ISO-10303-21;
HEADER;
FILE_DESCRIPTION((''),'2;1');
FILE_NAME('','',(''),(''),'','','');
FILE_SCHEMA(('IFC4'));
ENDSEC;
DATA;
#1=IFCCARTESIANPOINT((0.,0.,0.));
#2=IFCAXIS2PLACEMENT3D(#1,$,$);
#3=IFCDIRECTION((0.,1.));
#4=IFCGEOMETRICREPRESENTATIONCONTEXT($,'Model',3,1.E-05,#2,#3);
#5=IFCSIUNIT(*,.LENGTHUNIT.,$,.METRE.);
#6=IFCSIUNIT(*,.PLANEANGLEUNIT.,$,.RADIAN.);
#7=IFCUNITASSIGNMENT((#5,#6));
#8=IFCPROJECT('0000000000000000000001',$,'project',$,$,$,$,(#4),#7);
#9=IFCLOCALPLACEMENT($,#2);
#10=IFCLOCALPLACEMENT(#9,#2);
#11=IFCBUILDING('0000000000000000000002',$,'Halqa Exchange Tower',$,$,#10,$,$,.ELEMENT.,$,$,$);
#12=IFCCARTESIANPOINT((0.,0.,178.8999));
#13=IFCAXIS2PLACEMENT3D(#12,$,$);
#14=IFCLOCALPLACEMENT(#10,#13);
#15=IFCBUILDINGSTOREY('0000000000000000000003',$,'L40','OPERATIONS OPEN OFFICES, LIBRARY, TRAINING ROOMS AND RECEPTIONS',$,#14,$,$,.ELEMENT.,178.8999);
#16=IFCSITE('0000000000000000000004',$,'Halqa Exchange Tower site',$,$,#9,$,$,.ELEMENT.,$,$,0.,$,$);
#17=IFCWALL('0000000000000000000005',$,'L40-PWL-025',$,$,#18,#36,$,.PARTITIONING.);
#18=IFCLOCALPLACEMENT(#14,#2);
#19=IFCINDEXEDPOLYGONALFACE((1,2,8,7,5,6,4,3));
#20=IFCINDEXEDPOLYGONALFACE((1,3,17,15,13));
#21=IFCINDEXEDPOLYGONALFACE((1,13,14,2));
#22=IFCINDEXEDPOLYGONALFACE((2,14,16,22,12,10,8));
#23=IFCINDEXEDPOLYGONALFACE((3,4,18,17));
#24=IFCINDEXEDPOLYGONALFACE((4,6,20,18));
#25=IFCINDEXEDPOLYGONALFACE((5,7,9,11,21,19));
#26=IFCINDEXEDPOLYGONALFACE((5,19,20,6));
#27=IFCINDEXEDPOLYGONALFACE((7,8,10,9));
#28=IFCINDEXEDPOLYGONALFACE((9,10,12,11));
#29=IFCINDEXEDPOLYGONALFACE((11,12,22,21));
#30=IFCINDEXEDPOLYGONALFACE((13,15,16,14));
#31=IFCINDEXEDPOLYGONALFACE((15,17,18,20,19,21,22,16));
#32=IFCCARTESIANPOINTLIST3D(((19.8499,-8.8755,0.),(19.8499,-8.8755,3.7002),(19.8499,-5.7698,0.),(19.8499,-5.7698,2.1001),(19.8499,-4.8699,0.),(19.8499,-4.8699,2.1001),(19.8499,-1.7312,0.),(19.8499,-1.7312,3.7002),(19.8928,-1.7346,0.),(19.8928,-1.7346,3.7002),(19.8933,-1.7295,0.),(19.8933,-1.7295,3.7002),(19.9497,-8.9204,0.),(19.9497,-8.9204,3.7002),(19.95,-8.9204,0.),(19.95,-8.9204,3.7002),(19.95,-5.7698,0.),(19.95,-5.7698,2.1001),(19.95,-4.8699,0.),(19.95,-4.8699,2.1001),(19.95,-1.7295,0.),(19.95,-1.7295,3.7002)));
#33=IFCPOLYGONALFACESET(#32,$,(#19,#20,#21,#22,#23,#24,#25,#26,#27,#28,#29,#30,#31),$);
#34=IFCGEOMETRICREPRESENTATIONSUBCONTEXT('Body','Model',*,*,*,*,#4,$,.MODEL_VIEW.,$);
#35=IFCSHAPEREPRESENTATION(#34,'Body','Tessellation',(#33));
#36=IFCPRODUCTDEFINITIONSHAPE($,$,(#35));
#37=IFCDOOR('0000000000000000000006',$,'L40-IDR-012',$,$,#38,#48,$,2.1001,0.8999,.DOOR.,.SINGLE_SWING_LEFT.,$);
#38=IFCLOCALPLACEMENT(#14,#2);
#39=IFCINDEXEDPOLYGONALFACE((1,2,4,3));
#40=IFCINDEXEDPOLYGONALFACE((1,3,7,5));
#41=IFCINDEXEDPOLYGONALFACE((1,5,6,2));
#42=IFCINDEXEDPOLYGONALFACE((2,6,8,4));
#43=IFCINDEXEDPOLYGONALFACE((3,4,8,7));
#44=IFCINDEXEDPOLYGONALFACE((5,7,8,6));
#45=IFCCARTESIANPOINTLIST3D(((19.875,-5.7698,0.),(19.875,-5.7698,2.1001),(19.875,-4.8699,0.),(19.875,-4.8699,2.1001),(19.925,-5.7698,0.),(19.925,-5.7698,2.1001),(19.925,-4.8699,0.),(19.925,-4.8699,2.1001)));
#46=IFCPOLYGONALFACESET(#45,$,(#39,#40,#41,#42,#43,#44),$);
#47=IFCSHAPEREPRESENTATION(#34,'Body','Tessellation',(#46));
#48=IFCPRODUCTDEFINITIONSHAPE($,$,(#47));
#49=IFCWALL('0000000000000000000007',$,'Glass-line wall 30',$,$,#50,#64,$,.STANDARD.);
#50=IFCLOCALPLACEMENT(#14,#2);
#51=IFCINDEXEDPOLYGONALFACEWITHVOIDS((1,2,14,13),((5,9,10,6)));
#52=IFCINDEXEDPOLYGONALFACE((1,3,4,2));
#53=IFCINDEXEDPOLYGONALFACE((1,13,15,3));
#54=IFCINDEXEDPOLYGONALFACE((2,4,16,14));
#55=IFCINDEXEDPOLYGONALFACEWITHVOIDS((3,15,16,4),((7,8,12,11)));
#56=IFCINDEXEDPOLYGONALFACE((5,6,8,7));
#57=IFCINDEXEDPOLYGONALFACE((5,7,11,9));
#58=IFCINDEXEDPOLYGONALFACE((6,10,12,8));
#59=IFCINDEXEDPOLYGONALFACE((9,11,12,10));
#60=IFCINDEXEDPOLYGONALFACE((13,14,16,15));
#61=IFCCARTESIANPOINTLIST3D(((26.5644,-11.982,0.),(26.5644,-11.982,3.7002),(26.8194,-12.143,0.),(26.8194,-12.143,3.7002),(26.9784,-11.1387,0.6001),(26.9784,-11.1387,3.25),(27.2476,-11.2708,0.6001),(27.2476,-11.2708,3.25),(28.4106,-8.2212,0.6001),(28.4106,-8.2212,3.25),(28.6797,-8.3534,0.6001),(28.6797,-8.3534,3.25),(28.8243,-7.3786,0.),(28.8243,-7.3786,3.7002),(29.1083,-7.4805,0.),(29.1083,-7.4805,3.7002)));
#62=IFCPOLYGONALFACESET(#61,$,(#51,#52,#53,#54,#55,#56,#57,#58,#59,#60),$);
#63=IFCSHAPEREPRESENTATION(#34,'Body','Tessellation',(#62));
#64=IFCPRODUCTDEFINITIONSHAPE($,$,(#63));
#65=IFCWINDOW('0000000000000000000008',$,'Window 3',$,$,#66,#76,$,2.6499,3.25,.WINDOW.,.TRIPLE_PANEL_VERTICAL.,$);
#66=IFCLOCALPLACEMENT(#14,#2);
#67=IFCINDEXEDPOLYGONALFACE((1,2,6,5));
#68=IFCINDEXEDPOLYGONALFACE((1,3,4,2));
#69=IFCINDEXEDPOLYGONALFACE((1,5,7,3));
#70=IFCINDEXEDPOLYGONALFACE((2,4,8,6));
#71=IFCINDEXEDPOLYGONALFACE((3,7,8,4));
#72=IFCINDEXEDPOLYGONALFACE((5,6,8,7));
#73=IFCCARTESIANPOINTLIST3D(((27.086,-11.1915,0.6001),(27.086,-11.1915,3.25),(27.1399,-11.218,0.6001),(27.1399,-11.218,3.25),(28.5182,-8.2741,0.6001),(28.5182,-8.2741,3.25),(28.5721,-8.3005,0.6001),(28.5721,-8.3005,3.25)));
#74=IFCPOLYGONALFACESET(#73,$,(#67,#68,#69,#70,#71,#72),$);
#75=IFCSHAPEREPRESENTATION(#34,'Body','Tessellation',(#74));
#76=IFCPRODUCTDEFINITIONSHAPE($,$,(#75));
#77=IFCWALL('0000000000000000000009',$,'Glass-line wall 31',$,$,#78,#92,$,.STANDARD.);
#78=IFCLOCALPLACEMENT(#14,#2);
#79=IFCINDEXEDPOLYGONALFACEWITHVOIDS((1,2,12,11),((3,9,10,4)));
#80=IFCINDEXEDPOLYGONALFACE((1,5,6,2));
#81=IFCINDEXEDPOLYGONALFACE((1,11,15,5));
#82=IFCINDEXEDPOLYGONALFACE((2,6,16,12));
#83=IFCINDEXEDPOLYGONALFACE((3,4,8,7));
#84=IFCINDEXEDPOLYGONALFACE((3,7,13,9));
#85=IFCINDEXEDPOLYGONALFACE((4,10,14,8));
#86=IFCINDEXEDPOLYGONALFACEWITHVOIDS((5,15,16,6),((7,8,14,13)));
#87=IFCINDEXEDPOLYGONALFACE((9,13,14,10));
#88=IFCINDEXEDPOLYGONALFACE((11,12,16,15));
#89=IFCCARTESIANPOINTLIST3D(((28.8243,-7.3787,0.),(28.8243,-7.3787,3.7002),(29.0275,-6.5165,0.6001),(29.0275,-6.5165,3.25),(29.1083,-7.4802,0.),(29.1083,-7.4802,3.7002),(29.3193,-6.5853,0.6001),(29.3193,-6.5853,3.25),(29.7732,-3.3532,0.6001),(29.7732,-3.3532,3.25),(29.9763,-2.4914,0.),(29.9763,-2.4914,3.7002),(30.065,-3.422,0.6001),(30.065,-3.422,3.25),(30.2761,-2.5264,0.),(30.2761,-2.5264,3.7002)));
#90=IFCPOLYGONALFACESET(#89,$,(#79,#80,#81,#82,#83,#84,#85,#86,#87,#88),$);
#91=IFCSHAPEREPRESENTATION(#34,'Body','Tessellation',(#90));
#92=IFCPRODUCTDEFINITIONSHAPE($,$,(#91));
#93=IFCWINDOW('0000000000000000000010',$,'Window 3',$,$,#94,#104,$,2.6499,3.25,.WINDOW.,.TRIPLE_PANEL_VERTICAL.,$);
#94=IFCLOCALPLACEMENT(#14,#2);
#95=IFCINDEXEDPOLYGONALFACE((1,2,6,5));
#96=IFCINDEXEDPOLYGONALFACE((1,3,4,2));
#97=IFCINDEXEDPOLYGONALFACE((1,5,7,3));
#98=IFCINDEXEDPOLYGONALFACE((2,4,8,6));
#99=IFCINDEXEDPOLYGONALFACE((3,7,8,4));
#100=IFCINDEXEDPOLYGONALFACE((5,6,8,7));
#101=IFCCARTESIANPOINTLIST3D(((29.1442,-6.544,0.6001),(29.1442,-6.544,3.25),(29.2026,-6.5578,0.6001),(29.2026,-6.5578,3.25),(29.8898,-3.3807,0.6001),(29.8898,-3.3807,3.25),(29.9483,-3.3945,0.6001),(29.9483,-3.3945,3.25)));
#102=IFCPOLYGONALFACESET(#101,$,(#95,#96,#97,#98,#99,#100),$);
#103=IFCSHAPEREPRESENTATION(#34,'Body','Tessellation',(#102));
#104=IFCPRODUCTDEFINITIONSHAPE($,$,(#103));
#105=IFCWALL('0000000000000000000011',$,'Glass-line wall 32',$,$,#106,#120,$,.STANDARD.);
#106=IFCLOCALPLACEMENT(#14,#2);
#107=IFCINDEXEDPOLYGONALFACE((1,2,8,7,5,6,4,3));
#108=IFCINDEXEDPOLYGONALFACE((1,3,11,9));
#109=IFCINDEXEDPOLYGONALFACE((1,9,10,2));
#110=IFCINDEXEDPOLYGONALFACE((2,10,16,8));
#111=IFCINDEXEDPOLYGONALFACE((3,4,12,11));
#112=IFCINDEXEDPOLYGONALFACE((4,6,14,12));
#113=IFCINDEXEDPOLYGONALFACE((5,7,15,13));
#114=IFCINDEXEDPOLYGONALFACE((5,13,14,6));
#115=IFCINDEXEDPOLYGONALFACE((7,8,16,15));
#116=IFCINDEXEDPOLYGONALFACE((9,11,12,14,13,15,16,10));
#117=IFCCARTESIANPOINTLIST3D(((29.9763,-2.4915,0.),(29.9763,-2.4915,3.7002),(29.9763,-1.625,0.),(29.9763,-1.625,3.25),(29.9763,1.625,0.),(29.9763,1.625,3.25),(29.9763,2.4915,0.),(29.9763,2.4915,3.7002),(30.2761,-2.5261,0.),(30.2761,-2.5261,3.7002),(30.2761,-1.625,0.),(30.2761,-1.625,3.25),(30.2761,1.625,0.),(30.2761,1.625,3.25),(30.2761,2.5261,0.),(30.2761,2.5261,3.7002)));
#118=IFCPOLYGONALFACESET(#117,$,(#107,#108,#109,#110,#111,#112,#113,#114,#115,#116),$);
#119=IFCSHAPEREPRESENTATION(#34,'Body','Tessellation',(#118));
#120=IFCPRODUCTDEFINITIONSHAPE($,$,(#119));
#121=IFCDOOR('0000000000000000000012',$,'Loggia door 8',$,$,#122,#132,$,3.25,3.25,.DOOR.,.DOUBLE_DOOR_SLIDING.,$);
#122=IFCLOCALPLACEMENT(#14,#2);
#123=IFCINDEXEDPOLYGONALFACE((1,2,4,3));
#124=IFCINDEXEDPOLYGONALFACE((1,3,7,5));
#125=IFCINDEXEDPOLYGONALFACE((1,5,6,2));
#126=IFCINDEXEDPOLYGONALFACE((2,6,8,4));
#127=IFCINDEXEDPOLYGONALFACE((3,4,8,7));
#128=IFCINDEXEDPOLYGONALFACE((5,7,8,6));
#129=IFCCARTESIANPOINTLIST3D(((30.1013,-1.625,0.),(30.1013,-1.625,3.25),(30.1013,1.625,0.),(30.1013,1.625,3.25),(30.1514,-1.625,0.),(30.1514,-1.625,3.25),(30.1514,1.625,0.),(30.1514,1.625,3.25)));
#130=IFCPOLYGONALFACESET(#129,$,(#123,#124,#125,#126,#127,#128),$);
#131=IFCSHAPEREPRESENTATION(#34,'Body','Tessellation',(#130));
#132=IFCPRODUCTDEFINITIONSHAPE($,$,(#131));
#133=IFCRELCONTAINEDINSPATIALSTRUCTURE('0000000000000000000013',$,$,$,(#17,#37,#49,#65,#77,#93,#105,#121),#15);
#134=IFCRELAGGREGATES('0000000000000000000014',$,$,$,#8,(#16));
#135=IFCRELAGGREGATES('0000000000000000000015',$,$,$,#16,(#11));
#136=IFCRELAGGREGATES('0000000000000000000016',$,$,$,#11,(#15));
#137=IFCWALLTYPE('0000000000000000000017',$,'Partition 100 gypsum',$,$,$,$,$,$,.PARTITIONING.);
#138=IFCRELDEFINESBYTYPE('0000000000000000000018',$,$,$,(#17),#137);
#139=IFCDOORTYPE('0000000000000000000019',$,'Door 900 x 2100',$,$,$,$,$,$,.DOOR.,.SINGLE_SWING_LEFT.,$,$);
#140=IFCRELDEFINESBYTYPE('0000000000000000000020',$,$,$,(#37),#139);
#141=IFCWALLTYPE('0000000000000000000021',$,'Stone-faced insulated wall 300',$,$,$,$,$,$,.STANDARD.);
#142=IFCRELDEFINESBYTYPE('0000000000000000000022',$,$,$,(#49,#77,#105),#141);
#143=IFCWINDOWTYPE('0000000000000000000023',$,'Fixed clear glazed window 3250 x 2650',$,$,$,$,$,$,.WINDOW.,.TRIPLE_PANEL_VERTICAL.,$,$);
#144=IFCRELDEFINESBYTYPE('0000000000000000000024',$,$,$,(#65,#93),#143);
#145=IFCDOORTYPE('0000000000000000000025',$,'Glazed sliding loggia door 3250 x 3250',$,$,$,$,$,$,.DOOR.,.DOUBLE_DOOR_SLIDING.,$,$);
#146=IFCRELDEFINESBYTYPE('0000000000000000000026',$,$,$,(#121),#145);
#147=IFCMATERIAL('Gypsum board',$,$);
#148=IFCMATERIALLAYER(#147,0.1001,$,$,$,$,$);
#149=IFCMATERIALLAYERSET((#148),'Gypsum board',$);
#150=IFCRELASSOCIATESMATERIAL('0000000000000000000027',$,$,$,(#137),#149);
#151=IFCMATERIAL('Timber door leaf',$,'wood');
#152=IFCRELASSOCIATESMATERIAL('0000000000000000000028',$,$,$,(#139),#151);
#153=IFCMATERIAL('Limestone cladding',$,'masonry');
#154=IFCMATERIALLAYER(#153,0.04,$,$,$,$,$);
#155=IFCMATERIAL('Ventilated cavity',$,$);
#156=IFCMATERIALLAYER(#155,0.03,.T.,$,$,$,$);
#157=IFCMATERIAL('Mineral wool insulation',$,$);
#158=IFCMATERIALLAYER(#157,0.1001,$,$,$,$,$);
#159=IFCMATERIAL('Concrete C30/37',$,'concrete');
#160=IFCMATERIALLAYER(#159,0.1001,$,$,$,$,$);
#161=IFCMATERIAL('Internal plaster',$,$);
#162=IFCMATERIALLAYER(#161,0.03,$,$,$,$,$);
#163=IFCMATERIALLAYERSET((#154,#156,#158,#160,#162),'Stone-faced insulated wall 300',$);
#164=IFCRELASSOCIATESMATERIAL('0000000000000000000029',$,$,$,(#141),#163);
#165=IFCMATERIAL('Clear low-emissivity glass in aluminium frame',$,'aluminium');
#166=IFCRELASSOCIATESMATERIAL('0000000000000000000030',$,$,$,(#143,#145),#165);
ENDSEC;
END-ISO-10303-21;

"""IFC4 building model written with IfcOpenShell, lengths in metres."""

from ifc_helpers import new_model, si_unit, direction, frame, frame_2d, origin, place, context, subcontext, project, spatial, polyline, rectangle, outline, extrude, material, layer, layer_set, type_object, element, fill, save


model = new_model("IFC4")

# Units and contexts
model_context = context("Model", 3, precision=1e-05, world=origin(), true_north=direction((0.0, 1.0)))
body_context = subcontext(model_context, "Body", "Model", "MODEL_VIEW")
ifc_project = project(units=[si_unit("LENGTHUNIT", "METRE"), si_unit("PLANEANGLEUNIT", "RADIAN")], contexts=[model_context])

# Site, building, storey
site_placement = place(None, origin())
site = spatial("IfcSite", under=ifc_project, at=site_placement, Name="Halqa Exchange Tower site", CompositionType="ELEMENT", RefElevation=0.0)
building_placement = place(site_placement, origin())
building = spatial("IfcBuilding", under=site, at=building_placement, Name="Halqa Exchange Tower", CompositionType="ELEMENT")
storey_placement = place(building_placement, frame((0.0, 0.0, 178.8999)))
storey = spatial("IfcBuildingStorey", under=building, at=storey_placement, Name="L40", Description="OPERATIONS OPEN OFFICES, LIBRARY, TRAINING ROOMS AND RECEPTIONS", CompositionType="ELEMENT", Elevation=178.8999)

# Wall, opening, door
ifc_material_1 = material(Name="Gypsum board")
ifc_layer_1 = layer(ifc_material_1, 0.1001)
ifc_layer_set_1 = layer_set([ifc_layer_1], Name="Gypsum board")
wall_type_1 = type_object("IfcWallType", Name="Partition 100 gypsum", PredefinedType="PARTITIONING", material=ifc_layer_set_1)
wall_1_placement = place(storey_placement, frame((19.8999, -1.7295, 0.0), z_axis=(0.0, 0.0, 1.0), x_axis=(0.0, -1.0, 0.0)))
wall_1 = element("IfcWall", 1, at=wall_1_placement, inside=storey, type_object=wall_type_1, Name="L40-PWL-025", PredefinedType="PARTITIONING", context=body_context, shape_type="SweptSolid", body=[
    extrude(outline(polyline([(0.0017, -0.05), (1.7876, -0.05), (3.5737, -0.05), (5.3599, -0.05), (7.146, -0.05), (7.1909, 0.0498), (7.1909, 0.05), (5.3931, 0.05), (3.5955, 0.05), (1.7979, 0.05), (0.0, 0.05), (0.0, -0.0066), (0.0051, -0.0071), (0.0017, -0.05)])), origin(), (0.0, 0.0, 1.0), 3.7002),
])
opening_1_placement = place(wall_1_placement, frame((3.1404, 0.0, 0.0)))
opening_1 = element("IfcOpeningElement", 2, at=opening_1_placement, cuts=wall_1, PredefinedType="OPENING", context=body_context, shape_type="SweptSolid", body=[
    extrude(rectangle(XDim=0.8999, YDim=2.1001, at=frame_2d((0.45, 1.05))), frame((0.0, 0.062, 0.0), z_axis=(0.0, -1.0, 0.0), x_axis=(1.0, 0.0, 0.0)), (0.0, 0.0, 1.0), 0.124),
])
ifc_material_2 = material(Name="Timber door leaf", Category="wood")
door_type_1 = type_object("IfcDoorType", Name="Door 900 x 2100", OperationType="SINGLE_SWING_LEFT", PredefinedType="DOOR", material=ifc_material_2)
door_1_placement = place(opening_1_placement, frame((0.8999, 0.0, 0.0), z_axis=(0.0, 0.0, 1.0), x_axis=(-1.0, 0.0, 0.0)))
door_1 = element("IfcDoor", 3, at=door_1_placement, inside=storey, type_object=door_type_1, Name="L40-IDR-012", OperationType="SINGLE_SWING_LEFT", OverallHeight=2.1001, OverallWidth=0.8999, PredefinedType="DOOR", context=body_context, shape_type="SweptSolid", body=[
    extrude(rectangle(XDim=0.8999, YDim=2.1001, at=frame_2d((0.45, 1.05))), frame((0.0, 0.0249, 0.0), z_axis=(0.0, -1.0, 0.0), x_axis=(1.0, 0.0, 0.0)), (0.0, 0.0, 1.0), 0.05),
])
fill(opening_1, door_1)

# Walls, openings, windows
ifc_material_3 = material(Name="Limestone cladding", Category="masonry")
ifc_layer_2 = layer(ifc_material_3, 0.04)
ifc_material_4 = material(Name="Ventilated cavity")
ifc_layer_3 = layer(ifc_material_4, 0.03, ventilated=True)
ifc_material_5 = material(Name="Mineral wool insulation")
ifc_layer_4 = layer(ifc_material_5, 0.1001)
ifc_material_6 = material(Name="Concrete C30/37", Category="concrete")
ifc_layer_5 = layer(ifc_material_6, 0.1001)
ifc_material_7 = material(Name="Internal plaster")
ifc_layer_6 = layer(ifc_material_7, 0.03)
ifc_layer_set_2 = layer_set([ifc_layer_2, ifc_layer_3, ifc_layer_4, ifc_layer_5, ifc_layer_6], Name="Stone-faced insulated wall 300")
wall_type_2 = type_object("IfcWallType", Name="Stone-faced insulated wall 300", PredefinedType="STANDARD", material=ifc_layer_set_2)
wall_2_placement = place(storey_placement, frame((26.6919, -12.0625, 0.0), z_axis=(0.0, 0.0, 1.0), x_axis=(0.440674, 0.897667, 0.0)))
wall_2 = element("IfcWall", 4, at=wall_2_placement, inside=storey, type_object=wall_type_2, Name="Glass-line wall 30", PredefinedType="STANDARD", context=body_context, shape_type="SweptSolid", body=[
    extrude(outline(polyline([(-0.0161, -0.1499), (5.178, -0.1499), (5.1443, 0.1499), (0.0161, 0.1499), (-0.0161, -0.1499)])), origin(), (0.0, 0.0, 1.0), 3.7002),
])
opening_2_placement = place(wall_2_placement, frame((0.9556, 0.0, 0.6001)))
opening_2 = element("IfcOpeningElement", 5, at=opening_2_placement, cuts=wall_2, PredefinedType="OPENING", context=body_context, shape_type="SweptSolid", body=[
    extrude(rectangle(XDim=3.25, YDim=2.6499, at=frame_2d((1.625, 1.325))), frame((0.0, 0.1621, 0.0), z_axis=(0.0, -1.0, 0.0), x_axis=(1.0, 0.0, 0.0)), (0.0, 0.0, 1.0), 0.324),
])
ifc_material_8 = material(Name="Clear low-emissivity glass in aluminium frame", Category="aluminium")
window_type = type_object("IfcWindowType", Name="Fixed clear glazed window 3250 x 2650", PartitioningType="TRIPLE_PANEL_VERTICAL", PredefinedType="WINDOW", material=ifc_material_8)
window_1_placement = place(opening_2_placement, origin())
window_1 = element("IfcWindow", 6, at=window_1_placement, inside=storey, type_object=window_type, Name="Window 3", OverallHeight=2.6499, OverallWidth=3.25, PartitioningType="TRIPLE_PANEL_VERTICAL", PredefinedType="WINDOW", context=body_context, shape_type="SweptSolid", body=[
    extrude(rectangle(XDim=3.25, YDim=2.6499, at=frame_2d((1.625, 1.325))), frame((0.0, 0.03, 0.0), z_axis=(0.0, -1.0, 0.0), x_axis=(1.0, 0.0, 0.0)), (0.0, 0.0, 1.0), 0.0601),
])
fill(opening_2, window_1)
wall_3_placement = place(storey_placement, frame((28.9663, -7.4294, 0.0), z_axis=(0.0, 0.0, 1.0), x_axis=(0.229435, 0.973324, 0.0)))
wall_3 = element("IfcWall", 7, at=wall_3_placement, inside=storey, type_object=wall_type_2, Name="Glass-line wall 31", PredefinedType="STANDARD", context=body_context, shape_type="SweptSolid", body=[
    extrude(outline(polyline([(-0.0168, -0.1499), (5.0728, -0.1499), (5.0381, 0.1499), (0.0168, 0.1499), (-0.0168, -0.1499)])), origin(), (0.0, 0.0, 1.0), 3.7002),
])
opening_3_placement = place(wall_3_placement, frame((0.9026, 0.0, 0.6001)))
opening_3 = element("IfcOpeningElement", 8, at=opening_3_placement, cuts=wall_3, PredefinedType="OPENING", context=body_context, shape_type="SweptSolid", body=[
    extrude(rectangle(XDim=3.25, YDim=2.6499, at=frame_2d((1.625, 1.325))), frame((0.0, 0.1621, 0.0), z_axis=(0.0, -1.0, 0.0), x_axis=(1.0, 0.0, 0.0)), (0.0, 0.0, 1.0), 0.324),
])
window_2_placement = place(opening_3_placement, origin())
window_2 = element("IfcWindow", 9, at=window_2_placement, inside=storey, type_object=window_type, Name="Window 3", OverallHeight=2.6499, OverallWidth=3.25, PartitioningType="TRIPLE_PANEL_VERTICAL", PredefinedType="WINDOW", context=body_context, shape_type="SweptSolid", body=[
    extrude(rectangle(XDim=3.25, YDim=2.6499, at=frame_2d((1.625, 1.325))), frame((0.0, 0.03, 0.0), z_axis=(0.0, -1.0, 0.0), x_axis=(1.0, 0.0, 0.0)), (0.0, 0.0, 1.0), 0.0601),
])
fill(opening_3, window_2)

# Wall, opening, door
wall_4_placement = place(storey_placement, frame((30.1262, -2.5088, 0.0), z_axis=(0.0, 0.0, 1.0), x_axis=(0.0, 1.0, 0.0)))
wall_4 = element("IfcWall", 10, at=wall_4_placement, inside=storey, type_object=wall_type_2, Name="Glass-line wall 32", PredefinedType="STANDARD", context=body_context, shape_type="SweptSolid", body=[
    extrude(outline(polyline([(-0.0173, -0.1499), (5.0349, -0.1499), (5.0002, 0.1499), (0.0173, 0.1499), (-0.0173, -0.1499)])), origin(), (0.0, 0.0, 1.0), 3.7002),
])
opening_4_placement = place(wall_4_placement, frame((0.8838, 0.0, 0.0)))
opening_4 = element("IfcOpeningElement", 11, at=opening_4_placement, cuts=wall_4, PredefinedType="OPENING", context=body_context, shape_type="SweptSolid", body=[
    extrude(rectangle(XDim=3.25, YDim=3.25, at=frame_2d((1.625, 1.625))), frame((0.0, 0.1621, 0.0), z_axis=(0.0, -1.0, 0.0), x_axis=(1.0, 0.0, 0.0)), (0.0, 0.0, 1.0), 0.324),
])
door_type_2 = type_object("IfcDoorType", Name="Glazed sliding loggia door 3250 x 3250", OperationType="DOUBLE_DOOR_SLIDING", PredefinedType="DOOR", material=ifc_material_8)
door_2_placement = place(opening_4_placement, origin())
door_2 = element("IfcDoor", 12, at=door_2_placement, inside=storey, type_object=door_type_2, Name="Loggia door 8", OperationType="DOUBLE_DOOR_SLIDING", OverallHeight=3.25, OverallWidth=3.25, PredefinedType="DOOR", context=body_context, shape_type="SweptSolid", body=[
    extrude(rectangle(XDim=3.25, YDim=3.25, at=frame_2d((1.625, 1.625))), frame((0.0, 0.0249, 0.0), z_axis=(0.0, -1.0, 0.0), x_axis=(1.0, 0.0, 0.0)), (0.0, 0.0, 1.0), 0.05),
])
fill(opening_4, door_2)

save(model, "model.ifc")
